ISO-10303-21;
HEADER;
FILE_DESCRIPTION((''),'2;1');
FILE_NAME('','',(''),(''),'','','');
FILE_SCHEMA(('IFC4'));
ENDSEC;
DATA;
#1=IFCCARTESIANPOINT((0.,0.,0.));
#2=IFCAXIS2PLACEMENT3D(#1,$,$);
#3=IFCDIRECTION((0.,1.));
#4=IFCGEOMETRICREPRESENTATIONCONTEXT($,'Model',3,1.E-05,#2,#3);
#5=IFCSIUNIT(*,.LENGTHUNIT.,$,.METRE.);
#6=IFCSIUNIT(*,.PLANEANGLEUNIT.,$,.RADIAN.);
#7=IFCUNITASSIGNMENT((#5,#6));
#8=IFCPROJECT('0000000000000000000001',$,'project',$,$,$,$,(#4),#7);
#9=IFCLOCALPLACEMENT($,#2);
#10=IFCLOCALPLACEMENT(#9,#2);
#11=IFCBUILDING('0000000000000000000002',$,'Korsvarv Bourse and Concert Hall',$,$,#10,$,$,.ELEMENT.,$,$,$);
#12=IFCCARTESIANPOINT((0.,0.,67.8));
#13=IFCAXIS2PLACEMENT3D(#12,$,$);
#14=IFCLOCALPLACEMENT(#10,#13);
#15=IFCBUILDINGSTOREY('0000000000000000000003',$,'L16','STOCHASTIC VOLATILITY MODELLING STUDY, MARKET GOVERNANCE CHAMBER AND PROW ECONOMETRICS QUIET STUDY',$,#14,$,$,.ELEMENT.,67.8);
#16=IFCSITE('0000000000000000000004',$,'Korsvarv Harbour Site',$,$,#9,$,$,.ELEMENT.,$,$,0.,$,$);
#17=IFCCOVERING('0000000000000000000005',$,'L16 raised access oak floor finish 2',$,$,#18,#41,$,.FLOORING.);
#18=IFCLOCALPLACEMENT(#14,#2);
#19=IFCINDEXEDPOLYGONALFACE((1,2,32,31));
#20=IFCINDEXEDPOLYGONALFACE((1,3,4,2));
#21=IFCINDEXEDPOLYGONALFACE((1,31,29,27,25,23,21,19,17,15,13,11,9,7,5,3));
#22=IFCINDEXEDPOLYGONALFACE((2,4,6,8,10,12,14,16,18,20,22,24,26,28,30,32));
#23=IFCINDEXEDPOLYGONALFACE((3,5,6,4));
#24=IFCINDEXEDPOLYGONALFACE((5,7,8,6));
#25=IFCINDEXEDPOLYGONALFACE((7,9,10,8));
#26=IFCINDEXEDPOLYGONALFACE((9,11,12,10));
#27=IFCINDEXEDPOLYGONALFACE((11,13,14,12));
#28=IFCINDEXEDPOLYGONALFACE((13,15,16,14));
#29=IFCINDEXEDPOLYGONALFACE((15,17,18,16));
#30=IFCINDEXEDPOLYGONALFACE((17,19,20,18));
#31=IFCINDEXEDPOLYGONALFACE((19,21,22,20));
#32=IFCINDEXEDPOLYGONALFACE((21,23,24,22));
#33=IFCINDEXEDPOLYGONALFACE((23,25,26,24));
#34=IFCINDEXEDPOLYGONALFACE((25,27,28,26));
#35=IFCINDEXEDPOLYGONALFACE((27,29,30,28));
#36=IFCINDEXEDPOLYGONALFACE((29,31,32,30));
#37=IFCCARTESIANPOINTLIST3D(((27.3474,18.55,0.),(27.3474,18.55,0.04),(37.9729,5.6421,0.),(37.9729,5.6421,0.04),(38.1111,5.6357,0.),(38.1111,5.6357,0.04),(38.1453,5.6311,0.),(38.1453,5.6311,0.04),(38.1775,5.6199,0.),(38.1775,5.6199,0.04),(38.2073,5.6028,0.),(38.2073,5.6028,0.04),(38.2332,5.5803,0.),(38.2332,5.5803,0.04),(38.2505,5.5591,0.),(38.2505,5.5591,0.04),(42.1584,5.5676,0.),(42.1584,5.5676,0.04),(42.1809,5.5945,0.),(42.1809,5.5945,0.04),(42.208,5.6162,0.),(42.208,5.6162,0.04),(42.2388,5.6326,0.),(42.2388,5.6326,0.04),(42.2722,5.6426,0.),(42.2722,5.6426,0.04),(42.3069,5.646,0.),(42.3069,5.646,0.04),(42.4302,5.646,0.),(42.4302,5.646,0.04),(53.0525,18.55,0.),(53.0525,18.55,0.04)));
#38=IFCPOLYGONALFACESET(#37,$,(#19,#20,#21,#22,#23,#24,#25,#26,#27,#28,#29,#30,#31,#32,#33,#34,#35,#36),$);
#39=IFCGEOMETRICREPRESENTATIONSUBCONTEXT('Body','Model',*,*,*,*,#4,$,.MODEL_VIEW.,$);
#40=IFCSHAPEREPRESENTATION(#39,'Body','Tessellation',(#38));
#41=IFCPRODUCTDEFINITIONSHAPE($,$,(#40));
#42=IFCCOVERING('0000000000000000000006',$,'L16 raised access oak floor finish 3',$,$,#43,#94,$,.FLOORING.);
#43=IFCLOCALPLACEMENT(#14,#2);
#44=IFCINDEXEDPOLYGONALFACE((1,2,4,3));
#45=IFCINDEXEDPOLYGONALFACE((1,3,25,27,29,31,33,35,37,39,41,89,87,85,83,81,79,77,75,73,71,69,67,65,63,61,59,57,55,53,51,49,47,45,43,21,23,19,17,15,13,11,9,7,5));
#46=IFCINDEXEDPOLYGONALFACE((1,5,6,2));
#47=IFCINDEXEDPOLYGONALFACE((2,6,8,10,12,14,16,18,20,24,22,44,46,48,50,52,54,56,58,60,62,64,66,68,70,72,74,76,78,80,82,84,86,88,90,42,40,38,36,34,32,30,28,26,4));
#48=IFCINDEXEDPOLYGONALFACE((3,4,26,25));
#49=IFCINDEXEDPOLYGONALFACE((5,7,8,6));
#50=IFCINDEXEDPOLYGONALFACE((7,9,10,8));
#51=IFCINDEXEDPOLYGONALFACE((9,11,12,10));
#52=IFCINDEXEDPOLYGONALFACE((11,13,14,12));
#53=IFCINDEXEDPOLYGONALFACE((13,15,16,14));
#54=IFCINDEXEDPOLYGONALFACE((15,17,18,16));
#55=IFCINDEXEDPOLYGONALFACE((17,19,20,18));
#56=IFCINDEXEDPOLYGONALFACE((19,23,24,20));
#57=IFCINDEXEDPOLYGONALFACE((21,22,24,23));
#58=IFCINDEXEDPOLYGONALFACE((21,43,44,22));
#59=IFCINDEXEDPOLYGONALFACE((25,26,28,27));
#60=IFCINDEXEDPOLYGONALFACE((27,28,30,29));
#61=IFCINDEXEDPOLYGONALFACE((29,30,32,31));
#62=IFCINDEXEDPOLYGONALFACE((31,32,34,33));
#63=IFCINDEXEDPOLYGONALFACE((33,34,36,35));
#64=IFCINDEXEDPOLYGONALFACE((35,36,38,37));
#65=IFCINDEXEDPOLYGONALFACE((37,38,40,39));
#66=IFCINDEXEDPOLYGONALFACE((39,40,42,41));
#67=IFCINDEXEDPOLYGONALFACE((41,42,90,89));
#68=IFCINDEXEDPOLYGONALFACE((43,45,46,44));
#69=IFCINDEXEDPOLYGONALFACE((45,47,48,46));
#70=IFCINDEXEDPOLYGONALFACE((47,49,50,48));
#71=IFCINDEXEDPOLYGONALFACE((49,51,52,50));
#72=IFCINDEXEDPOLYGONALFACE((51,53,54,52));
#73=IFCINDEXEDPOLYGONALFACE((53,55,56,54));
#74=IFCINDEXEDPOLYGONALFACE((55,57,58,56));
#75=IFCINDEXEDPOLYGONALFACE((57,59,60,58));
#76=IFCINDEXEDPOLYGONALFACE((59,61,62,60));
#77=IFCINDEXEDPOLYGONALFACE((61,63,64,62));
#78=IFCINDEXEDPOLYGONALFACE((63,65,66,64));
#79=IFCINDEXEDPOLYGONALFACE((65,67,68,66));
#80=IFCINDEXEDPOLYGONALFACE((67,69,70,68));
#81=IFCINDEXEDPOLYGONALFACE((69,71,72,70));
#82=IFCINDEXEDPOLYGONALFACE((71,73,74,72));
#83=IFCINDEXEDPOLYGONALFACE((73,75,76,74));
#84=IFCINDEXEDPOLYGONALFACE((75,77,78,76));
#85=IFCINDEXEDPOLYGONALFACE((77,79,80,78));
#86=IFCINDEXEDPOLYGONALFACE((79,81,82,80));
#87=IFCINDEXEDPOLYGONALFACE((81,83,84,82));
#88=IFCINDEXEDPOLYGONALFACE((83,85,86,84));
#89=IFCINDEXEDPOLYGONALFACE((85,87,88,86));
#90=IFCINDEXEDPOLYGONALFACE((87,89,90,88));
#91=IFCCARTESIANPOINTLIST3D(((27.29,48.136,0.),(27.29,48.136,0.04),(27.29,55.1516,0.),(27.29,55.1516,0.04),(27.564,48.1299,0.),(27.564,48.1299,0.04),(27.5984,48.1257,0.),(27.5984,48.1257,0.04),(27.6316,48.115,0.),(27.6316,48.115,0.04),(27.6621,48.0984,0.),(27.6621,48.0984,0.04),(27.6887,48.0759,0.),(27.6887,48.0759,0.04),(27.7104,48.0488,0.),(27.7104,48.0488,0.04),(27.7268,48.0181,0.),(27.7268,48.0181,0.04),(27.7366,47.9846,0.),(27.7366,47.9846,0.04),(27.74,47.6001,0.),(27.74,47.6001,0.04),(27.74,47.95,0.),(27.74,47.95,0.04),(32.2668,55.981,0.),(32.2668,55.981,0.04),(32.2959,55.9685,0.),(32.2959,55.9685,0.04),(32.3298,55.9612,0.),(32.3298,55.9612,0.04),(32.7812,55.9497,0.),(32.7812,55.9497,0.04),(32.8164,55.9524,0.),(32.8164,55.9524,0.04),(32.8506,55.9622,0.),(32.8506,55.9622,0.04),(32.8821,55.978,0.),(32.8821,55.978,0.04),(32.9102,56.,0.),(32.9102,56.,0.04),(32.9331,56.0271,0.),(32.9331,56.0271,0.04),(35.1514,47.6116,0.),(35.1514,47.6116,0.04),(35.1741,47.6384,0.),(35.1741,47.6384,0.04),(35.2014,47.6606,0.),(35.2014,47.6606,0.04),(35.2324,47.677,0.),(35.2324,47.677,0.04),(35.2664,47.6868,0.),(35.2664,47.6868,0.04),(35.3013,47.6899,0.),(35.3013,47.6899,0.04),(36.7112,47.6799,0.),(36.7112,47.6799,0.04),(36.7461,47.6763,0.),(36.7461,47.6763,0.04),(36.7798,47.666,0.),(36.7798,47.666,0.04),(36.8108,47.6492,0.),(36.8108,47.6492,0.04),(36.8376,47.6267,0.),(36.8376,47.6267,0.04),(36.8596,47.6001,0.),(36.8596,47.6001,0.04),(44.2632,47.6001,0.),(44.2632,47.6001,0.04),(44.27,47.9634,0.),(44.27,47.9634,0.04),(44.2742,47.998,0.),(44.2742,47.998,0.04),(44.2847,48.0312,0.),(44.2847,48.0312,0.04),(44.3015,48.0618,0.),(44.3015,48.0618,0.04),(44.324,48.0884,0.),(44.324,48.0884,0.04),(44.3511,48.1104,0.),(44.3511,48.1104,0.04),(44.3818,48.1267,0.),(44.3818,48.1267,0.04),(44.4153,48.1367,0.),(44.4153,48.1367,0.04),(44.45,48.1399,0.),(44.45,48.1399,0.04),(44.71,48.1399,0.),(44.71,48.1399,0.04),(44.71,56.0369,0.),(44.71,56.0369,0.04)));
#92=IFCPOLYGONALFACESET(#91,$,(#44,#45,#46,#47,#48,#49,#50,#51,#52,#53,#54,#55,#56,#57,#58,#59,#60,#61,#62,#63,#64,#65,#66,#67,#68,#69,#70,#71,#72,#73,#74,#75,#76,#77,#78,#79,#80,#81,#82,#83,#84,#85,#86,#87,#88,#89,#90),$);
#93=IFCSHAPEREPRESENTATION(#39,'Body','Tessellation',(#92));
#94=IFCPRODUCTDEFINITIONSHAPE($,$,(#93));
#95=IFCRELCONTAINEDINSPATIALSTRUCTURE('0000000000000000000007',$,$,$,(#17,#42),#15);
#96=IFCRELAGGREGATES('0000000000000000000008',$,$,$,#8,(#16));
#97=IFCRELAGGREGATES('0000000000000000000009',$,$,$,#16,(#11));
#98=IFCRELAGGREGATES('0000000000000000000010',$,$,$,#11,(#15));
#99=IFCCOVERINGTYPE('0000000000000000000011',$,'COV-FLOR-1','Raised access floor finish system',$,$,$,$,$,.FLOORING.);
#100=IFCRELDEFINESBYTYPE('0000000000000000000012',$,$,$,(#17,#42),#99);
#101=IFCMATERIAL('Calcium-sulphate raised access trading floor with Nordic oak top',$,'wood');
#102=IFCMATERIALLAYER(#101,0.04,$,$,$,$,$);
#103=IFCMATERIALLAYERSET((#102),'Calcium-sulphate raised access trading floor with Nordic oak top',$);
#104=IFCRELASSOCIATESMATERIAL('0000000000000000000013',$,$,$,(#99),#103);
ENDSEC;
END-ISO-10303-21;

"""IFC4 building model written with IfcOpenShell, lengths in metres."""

from ifc_helpers import new_model, si_unit, direction, frame, origin, place, context, subcontext, project, spatial, polyline, outline, extrude, material, layer, layer_set, type_object, element, save


model = new_model("IFC4")

# Units and contexts
model_context = context("Model", 3, precision=1e-05, world=origin(), true_north=direction((0.0, 1.0)))
body_context = subcontext(model_context, "Body", "Model", "MODEL_VIEW")
ifc_project = project(units=[si_unit("LENGTHUNIT", "METRE"), si_unit("PLANEANGLEUNIT", "RADIAN")], contexts=[model_context])

# Site, building, storey
site_placement = place(None, origin())
site = spatial("IfcSite", under=ifc_project, at=site_placement, Name="Korsvarv Harbour Site", CompositionType="ELEMENT", RefElevation=0.0)
building_placement = place(site_placement, origin())
building = spatial("IfcBuilding", under=site, at=building_placement, Name="Korsvarv Bourse and Concert Hall", CompositionType="ELEMENT")
storey_placement = place(building_placement, frame((0.0, 0.0, 67.8)))
storey = spatial("IfcBuildingStorey", under=building, at=storey_placement, Name="L16", Description="STOCHASTIC VOLATILITY MODELLING STUDY, MARKET GOVERNANCE CHAMBER AND PROW ECONOMETRICS QUIET STUDY", CompositionType="ELEMENT", Elevation=67.8)

# Coverings
ifc_material_1 = material(Name="Calcium-sulphate raised access trading floor with Nordic oak top", Category="wood")
ifc_layer_1 = layer(ifc_material_1, 0.04)
ifc_layer_set_1 = layer_set([ifc_layer_1], Name="Calcium-sulphate raised access trading floor with Nordic oak top")
covering_type_1 = type_object("IfcCoveringType", Name="COV-FLOR-1", Description="Raised access floor finish system", PredefinedType="FLOORING", material=ifc_layer_set_1)
covering_1_placement = place(storey_placement, origin())
element("IfcCovering", 1, at=covering_1_placement, inside=storey, type_object=covering_type_1, Name="L16 raised access oak floor finish 2", PredefinedType="FLOORING", context=body_context, shape_type="SweptSolid", body=[
    extrude(outline(polyline([(53.0525, 18.55), (42.4302, 5.646), (42.3069, 5.646), (42.2722, 5.6426), (42.2388, 5.6326), (42.208, 5.6162), (42.1809, 5.5945), (42.1584, 5.5676), (38.2505, 5.5591), (38.2332, 5.5803), (38.2073, 5.6028), (38.1775, 5.6199), (38.1453, 5.6311), (38.1111, 5.6357), (37.9729, 5.6421), (27.3474, 18.55), (53.0525, 18.55)])), origin(), (0.0, 0.0, 1.0), 0.04),
])
covering_2_placement = place(storey_placement, origin())
element("IfcCovering", 2, at=covering_2_placement, inside=storey, type_object=covering_type_1, Name="L16 raised access oak floor finish 3", PredefinedType="FLOORING", context=body_context, shape_type="SweptSolid", body=[
    extrude(outline(polyline([(32.2668, 55.981), (32.2959, 55.9685), (32.3298, 55.9612), (32.7812, 55.9497), (32.8164, 55.9524), (32.8506, 55.9622), (32.8821, 55.978), (32.9102, 56.0), (32.9331, 56.0271), (44.71, 56.0369), (44.71, 48.1399), (44.45, 48.1399), (44.4153, 48.1367), (44.3818, 48.1267), (44.3511, 48.1104), (44.324, 48.0884), (44.3015, 48.0618), (44.2847, 48.0312), (44.2742, 47.998), (44.27, 47.9634), (44.2632, 47.6001), (36.8596, 47.6001), (36.8376, 47.6267), (36.8108, 47.6492), (36.7798, 47.666), (36.7461, 47.6763), (36.7112, 47.6799), (35.3013, 47.6899), (35.2664, 47.6868), (35.2324, 47.677), (35.2014, 47.6606), (35.1741, 47.6384), (35.1514, 47.6116), (27.74, 47.6001), (27.74, 47.95), (27.7366, 47.9846), (27.7268, 48.0181), (27.7104, 48.0488), (27.6887, 48.0759), (27.6621, 48.0984), (27.6316, 48.115), (27.5984, 48.1257), (27.564, 48.1299), (27.29, 48.136), (27.29, 55.1516), (32.2668, 55.981)])), origin(), (0.0, 0.0, 1.0), 0.04),
])

save(model, "model.ifc")
